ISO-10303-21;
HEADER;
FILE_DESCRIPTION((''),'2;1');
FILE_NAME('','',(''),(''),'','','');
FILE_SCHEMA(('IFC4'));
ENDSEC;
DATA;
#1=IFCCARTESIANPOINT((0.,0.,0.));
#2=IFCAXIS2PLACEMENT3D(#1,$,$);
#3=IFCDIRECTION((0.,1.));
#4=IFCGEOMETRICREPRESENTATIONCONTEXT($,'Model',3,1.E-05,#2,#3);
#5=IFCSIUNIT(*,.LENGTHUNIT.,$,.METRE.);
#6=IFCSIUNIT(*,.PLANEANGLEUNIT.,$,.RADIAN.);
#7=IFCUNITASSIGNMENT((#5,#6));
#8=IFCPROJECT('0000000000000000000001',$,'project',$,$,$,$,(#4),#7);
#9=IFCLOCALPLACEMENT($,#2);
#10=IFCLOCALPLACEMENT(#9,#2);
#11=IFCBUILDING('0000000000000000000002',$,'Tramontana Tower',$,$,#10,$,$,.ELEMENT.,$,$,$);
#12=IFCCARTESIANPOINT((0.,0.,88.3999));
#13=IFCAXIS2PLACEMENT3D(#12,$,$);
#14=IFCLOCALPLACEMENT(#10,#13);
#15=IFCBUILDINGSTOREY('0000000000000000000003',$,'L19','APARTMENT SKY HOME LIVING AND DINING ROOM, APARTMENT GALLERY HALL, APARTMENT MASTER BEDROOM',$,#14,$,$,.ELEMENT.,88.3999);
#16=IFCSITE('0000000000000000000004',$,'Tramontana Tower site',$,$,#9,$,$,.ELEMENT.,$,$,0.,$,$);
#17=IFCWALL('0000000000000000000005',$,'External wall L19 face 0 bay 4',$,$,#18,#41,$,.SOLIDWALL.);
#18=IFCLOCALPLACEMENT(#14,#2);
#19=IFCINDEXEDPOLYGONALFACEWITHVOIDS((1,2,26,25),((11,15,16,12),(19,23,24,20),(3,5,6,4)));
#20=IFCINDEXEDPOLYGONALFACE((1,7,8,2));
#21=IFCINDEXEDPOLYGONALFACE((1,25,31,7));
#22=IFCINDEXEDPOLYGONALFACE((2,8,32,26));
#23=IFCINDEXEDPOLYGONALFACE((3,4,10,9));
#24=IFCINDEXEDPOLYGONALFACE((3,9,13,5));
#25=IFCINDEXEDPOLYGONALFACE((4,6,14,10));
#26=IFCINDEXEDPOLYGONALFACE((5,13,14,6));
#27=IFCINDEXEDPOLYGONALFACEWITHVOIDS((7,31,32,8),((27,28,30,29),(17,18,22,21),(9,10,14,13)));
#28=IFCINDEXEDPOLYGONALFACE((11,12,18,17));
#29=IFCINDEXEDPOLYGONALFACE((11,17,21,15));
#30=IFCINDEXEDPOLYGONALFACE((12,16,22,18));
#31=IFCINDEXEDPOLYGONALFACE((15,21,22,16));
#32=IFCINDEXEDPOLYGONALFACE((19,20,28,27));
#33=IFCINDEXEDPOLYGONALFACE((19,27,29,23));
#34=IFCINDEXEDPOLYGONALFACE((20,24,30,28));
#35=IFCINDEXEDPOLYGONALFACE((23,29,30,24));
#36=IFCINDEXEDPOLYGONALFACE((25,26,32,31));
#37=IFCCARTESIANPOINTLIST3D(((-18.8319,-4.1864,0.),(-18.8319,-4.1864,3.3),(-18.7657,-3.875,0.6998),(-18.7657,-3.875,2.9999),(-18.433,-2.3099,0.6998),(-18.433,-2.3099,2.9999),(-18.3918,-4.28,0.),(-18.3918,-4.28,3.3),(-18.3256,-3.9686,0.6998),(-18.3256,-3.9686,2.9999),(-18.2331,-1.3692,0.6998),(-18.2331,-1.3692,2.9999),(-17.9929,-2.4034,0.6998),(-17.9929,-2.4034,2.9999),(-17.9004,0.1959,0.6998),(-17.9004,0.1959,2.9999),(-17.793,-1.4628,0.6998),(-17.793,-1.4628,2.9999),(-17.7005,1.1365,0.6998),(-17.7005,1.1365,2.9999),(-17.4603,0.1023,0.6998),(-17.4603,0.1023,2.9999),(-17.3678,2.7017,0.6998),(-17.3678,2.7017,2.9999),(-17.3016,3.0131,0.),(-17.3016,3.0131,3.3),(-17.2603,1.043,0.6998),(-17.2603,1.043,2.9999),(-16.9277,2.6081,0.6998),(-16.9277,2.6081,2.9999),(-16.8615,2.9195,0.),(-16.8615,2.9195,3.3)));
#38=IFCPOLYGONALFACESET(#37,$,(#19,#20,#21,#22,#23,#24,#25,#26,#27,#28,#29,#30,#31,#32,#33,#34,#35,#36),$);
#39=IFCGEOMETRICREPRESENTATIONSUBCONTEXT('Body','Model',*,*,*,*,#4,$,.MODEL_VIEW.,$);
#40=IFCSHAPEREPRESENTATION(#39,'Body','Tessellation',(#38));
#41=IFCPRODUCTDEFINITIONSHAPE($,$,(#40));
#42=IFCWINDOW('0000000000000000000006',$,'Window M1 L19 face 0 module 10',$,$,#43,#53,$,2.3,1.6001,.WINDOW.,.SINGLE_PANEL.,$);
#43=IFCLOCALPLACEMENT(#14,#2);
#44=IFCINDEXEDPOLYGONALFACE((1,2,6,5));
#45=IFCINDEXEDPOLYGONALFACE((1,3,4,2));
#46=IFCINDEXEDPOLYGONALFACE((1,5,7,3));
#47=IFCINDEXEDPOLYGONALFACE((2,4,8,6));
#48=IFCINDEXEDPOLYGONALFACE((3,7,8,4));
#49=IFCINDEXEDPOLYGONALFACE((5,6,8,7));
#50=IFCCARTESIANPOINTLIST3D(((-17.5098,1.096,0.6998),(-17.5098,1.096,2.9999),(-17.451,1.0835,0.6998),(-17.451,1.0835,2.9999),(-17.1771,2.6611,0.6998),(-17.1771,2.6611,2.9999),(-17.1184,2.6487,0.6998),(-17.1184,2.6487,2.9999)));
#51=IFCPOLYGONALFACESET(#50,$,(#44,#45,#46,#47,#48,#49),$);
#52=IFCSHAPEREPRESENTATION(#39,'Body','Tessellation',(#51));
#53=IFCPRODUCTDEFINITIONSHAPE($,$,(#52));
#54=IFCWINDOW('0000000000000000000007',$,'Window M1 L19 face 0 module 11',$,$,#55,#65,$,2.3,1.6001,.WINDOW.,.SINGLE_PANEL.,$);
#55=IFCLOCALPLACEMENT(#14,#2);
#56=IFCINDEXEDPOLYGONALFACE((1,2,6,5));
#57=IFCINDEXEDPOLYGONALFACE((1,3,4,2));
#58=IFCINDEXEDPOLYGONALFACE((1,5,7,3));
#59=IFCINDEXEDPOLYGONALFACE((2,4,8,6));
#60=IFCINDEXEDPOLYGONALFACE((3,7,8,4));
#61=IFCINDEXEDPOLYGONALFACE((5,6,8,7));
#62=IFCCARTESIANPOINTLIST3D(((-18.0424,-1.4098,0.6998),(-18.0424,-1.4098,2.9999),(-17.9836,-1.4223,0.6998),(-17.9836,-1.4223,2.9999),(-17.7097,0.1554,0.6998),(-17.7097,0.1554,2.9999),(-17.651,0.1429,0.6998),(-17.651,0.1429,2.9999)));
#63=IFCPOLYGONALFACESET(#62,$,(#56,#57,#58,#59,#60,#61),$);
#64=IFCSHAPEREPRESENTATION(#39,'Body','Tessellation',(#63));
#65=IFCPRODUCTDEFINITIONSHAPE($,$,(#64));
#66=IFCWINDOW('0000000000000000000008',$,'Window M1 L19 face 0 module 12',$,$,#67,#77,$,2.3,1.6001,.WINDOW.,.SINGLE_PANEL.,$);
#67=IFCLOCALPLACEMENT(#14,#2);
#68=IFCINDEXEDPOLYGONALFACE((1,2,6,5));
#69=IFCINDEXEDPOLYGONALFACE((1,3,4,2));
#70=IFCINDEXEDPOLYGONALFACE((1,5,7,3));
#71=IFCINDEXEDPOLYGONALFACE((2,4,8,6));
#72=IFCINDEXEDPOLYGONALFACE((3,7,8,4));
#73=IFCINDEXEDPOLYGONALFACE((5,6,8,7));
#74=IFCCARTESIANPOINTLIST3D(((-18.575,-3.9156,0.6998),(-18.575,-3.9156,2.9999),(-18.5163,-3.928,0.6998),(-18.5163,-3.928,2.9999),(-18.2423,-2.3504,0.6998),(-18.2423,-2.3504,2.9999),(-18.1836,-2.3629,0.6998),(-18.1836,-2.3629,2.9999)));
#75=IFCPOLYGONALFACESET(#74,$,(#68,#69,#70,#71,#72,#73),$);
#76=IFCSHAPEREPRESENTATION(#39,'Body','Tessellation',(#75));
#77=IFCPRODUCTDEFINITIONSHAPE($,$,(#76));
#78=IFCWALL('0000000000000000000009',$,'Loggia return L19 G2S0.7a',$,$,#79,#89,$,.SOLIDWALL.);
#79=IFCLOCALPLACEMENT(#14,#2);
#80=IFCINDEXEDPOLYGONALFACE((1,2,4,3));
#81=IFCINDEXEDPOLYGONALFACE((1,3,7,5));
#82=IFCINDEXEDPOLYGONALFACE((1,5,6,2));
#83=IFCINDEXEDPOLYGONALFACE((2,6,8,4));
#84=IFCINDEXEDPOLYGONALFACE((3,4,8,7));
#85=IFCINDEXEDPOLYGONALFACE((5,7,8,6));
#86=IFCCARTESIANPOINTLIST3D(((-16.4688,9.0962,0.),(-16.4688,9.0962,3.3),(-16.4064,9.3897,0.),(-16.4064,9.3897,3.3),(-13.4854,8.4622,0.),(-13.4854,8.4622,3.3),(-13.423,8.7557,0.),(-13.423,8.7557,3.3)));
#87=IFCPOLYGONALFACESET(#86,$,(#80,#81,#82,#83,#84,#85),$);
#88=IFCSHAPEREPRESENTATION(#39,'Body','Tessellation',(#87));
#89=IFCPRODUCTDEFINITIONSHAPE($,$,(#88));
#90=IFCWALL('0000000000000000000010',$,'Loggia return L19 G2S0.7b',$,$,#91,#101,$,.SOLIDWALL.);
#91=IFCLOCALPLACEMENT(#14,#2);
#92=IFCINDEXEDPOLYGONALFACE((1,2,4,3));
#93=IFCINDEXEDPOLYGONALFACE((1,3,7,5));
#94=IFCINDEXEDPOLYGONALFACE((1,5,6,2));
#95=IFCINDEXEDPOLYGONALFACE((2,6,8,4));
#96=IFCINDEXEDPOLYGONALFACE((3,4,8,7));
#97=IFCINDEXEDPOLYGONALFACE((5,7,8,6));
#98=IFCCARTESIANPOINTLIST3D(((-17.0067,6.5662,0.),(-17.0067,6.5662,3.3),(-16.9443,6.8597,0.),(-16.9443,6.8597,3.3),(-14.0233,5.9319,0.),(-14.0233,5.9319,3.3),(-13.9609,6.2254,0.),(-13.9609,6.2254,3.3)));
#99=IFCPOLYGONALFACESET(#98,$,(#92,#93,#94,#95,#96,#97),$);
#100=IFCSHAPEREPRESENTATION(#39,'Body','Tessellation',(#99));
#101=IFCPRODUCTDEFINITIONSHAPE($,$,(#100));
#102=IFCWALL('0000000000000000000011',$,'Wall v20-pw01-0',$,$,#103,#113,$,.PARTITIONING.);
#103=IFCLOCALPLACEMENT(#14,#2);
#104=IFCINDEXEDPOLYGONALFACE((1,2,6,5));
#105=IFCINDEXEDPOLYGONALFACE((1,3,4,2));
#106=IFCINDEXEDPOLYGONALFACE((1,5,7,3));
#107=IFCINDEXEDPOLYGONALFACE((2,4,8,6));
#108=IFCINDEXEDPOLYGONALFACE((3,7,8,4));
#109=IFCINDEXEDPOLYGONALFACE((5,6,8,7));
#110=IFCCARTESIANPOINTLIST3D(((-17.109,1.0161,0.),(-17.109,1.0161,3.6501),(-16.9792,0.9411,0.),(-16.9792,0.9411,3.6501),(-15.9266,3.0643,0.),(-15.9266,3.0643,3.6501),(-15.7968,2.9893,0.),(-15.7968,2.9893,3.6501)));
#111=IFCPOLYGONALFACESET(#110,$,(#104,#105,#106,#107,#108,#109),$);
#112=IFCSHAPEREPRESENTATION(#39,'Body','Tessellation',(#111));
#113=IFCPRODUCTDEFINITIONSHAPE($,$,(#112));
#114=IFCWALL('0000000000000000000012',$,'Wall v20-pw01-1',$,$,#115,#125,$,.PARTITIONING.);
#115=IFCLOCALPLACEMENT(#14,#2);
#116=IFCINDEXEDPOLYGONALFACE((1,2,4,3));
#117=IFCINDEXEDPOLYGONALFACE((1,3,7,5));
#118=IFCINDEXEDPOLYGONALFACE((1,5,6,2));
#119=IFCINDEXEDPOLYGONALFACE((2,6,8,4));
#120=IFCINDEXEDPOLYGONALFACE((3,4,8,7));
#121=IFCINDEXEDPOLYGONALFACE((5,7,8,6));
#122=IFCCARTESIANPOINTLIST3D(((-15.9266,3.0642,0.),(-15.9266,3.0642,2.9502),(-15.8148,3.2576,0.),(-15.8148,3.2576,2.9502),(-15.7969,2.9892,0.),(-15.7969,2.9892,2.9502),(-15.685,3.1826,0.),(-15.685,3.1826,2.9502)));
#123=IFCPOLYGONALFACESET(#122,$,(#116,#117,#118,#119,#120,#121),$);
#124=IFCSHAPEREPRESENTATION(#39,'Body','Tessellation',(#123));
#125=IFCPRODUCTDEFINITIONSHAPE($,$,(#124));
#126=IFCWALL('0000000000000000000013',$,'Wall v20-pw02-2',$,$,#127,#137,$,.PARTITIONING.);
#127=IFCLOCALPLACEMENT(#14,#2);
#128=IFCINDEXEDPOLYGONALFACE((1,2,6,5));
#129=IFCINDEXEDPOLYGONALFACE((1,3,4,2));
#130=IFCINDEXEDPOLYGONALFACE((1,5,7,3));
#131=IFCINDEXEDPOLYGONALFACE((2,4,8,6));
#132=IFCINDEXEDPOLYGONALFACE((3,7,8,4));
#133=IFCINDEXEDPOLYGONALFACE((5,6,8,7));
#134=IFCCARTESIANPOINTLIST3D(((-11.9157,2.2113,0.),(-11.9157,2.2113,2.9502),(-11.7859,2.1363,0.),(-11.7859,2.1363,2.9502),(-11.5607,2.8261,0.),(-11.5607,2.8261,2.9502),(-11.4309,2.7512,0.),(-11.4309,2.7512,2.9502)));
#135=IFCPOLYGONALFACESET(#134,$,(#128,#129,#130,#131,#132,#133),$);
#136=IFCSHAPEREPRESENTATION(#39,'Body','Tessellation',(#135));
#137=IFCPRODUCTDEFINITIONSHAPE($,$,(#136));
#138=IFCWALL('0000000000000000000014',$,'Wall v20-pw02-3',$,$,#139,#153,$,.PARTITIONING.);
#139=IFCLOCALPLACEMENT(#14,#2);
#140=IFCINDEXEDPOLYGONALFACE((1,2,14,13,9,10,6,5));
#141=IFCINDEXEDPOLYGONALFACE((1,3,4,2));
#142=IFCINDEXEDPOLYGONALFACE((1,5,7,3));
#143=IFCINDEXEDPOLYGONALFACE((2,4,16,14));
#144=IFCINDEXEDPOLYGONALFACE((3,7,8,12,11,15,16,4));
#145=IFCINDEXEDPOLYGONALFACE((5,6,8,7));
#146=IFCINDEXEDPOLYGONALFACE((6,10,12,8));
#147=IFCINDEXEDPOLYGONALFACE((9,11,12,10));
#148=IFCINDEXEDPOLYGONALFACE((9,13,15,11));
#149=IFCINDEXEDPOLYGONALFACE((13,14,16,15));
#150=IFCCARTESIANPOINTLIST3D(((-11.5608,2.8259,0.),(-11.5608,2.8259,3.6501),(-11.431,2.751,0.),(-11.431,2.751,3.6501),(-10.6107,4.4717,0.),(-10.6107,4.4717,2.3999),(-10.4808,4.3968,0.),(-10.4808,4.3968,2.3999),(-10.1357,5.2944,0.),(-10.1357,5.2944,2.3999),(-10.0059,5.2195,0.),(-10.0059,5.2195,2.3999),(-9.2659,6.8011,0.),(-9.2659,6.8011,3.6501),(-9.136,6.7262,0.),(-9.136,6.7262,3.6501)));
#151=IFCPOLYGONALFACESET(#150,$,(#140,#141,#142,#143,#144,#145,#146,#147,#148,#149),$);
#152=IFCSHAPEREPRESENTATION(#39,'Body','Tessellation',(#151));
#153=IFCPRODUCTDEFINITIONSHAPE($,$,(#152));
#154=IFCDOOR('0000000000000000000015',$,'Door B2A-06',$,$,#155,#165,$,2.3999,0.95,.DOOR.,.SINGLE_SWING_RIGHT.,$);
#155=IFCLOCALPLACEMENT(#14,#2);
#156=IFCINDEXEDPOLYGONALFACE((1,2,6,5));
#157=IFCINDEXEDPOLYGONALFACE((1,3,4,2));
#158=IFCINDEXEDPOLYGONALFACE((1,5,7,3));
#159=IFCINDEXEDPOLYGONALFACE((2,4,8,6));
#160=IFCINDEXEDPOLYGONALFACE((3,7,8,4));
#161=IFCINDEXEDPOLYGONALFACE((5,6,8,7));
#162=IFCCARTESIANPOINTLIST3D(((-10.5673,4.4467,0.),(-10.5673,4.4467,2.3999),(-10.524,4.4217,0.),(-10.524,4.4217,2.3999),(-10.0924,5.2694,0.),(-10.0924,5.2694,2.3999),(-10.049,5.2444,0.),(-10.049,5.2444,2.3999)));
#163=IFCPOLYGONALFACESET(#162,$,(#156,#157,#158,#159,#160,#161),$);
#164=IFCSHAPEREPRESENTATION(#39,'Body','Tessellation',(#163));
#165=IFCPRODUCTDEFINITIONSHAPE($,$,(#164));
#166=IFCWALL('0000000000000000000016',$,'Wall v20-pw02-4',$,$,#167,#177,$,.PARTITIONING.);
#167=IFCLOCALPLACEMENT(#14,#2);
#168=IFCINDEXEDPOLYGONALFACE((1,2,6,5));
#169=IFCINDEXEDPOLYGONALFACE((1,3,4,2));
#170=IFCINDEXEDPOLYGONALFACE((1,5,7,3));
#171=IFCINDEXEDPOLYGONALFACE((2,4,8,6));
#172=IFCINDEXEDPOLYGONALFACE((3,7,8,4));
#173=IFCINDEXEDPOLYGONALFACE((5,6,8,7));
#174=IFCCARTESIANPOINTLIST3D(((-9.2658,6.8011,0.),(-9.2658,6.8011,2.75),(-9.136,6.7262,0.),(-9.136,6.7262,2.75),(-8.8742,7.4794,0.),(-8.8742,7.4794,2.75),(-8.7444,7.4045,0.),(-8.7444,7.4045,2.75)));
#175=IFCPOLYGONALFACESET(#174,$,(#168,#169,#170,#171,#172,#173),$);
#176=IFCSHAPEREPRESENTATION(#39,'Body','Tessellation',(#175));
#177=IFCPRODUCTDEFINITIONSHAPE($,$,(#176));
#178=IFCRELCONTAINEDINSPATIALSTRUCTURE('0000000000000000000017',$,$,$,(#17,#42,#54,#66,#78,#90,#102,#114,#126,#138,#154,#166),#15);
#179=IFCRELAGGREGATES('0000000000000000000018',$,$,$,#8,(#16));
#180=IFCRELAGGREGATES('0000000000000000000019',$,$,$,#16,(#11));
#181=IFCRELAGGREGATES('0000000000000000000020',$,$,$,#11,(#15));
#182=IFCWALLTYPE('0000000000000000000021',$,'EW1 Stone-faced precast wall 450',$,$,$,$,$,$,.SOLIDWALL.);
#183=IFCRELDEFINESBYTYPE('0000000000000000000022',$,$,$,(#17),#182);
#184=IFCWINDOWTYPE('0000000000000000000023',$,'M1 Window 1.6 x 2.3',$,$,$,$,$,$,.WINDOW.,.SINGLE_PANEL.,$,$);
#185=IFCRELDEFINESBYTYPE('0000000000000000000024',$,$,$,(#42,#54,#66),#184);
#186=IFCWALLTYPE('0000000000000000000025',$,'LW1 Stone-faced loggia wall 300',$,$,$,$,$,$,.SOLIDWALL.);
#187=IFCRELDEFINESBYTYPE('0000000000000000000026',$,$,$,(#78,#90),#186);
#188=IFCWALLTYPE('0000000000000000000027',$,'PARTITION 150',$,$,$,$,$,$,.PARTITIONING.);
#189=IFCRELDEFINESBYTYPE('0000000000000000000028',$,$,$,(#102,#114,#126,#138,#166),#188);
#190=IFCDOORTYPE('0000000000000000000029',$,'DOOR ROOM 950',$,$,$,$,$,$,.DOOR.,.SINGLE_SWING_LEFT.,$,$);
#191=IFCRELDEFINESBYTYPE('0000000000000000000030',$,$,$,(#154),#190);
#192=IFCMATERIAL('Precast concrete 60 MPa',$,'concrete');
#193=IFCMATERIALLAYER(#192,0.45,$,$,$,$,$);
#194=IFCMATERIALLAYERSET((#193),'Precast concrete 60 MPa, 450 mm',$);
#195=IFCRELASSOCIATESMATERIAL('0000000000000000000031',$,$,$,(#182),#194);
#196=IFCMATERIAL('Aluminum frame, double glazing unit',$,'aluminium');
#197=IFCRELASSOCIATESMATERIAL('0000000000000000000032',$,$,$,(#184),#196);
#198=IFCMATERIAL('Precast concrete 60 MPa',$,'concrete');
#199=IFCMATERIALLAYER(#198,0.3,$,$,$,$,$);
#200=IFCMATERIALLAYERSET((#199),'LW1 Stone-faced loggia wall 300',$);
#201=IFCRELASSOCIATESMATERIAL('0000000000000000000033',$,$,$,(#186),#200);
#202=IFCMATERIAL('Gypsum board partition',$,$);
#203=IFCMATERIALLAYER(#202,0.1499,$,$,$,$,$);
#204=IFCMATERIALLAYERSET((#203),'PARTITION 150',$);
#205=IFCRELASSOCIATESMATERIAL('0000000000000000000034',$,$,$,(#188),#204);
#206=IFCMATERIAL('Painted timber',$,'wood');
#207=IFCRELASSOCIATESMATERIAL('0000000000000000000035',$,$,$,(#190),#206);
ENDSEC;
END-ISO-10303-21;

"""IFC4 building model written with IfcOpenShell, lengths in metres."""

from ifc_helpers import new_model, si_unit, direction, frame, frame_2d, origin, place, context, subcontext, project, spatial, rectangle, extrude, material, layer, layer_set, type_object, element, fill, save


model = new_model("IFC4")

# Units and contexts
model_context = context("Model", 3, precision=1e-05, world=origin(), true_north=direction((0.0, 1.0)))
body_context = subcontext(model_context, "Body", "Model", "MODEL_VIEW")
ifc_project = project(units=[si_unit("LENGTHUNIT", "METRE"), si_unit("PLANEANGLEUNIT", "RADIAN")], contexts=[model_context])

# Site, building, storey
site_placement = place(None, origin())
site = spatial("IfcSite", under=ifc_project, at=site_placement, Name="Tramontana Tower site", CompositionType="ELEMENT", RefElevation=0.0)
building_placement = place(site_placement, origin())
building = spatial("IfcBuilding", under=site, at=building_placement, Name="Tramontana Tower", CompositionType="ELEMENT")
storey_placement = place(building_placement, frame((0.0, 0.0, 88.3999)))
storey = spatial("IfcBuildingStorey", under=building, at=storey_placement, Name="L19", Description="APARTMENT SKY HOME LIVING AND DINING ROOM, APARTMENT GALLERY HALL, APARTMENT MASTER BEDROOM", CompositionType="ELEMENT", Elevation=88.3999)

# Shared definitions
ifc_material_1 = material(Name="Precast concrete 60 MPa", Category="concrete")
ifc_layer_1 = layer(ifc_material_1, 0.45)
ifc_layer_set_1 = layer_set([ifc_layer_1], Name="Precast concrete 60 MPa, 450 mm")
wall_type_1 = type_object("IfcWallType", Name="EW1 Stone-faced precast wall 450", PredefinedType="SOLIDWALL", material=ifc_layer_set_1)
ifc_material_2 = material(Name="Aluminum frame, double glazing unit", Category="aluminium")
window_type = type_object("IfcWindowType", Name="M1 Window 1.6 x 2.3", PartitioningType="SINGLE_PANEL", PredefinedType="WINDOW", material=ifc_material_2)

# Wall, openings, windows
wall_1_placement = place(storey_placement, frame((-17.0815, 2.9663, 0.0), z_axis=(0.0, 0.0, 1.0), x_axis=(-0.207909, -0.978148, 0.0)))
wall_1 = element("IfcWall", 1, at=wall_1_placement, inside=storey, type_object=wall_type_1, Name="External wall L19 face 0 bay 4", PredefinedType="SOLIDWALL", context=body_context, shape_type="SweptSolid", body=[
    extrude(rectangle(XDim=7.3604, YDim=0.45, at=frame_2d((3.6802, 0.0))), origin(), (0.0, 0.0, 1.0), 3.3),
])
opening_1_placement = place(wall_1_placement, frame((0.3184, 0.0, 0.7)))
opening_1 = element("IfcOpeningElement", 2, at=opening_1_placement, cuts=wall_1, PredefinedType="OPENING", context=body_context, shape_type="SweptSolid", body=[
    extrude(rectangle(XDim=1.6001, YDim=2.3, at=frame_2d((0.8, 1.1499))), frame((0.0, 0.2349, 0.0), z_axis=(0.0, -1.0, 0.0), x_axis=(1.0, 0.0, 0.0)), (0.0, 0.0, 1.0), 0.47),
])
opening_2_placement = place(wall_1_placement, frame((2.8801, 0.0, 0.7)))
opening_2 = element("IfcOpeningElement", 3, at=opening_2_placement, cuts=wall_1, PredefinedType="OPENING", context=body_context, shape_type="SweptSolid", body=[
    extrude(rectangle(XDim=1.6001, YDim=2.3, at=frame_2d((0.8, 1.1499))), frame((0.0, 0.2349, 0.0), z_axis=(0.0, -1.0, 0.0), x_axis=(1.0, 0.0, 0.0)), (0.0, 0.0, 1.0), 0.47),
])
opening_3_placement = place(wall_1_placement, frame((5.4419, 0.0, 0.7)))
opening_3 = element("IfcOpeningElement", 4, at=opening_3_placement, cuts=wall_1, PredefinedType="OPENING", context=body_context, shape_type="SweptSolid", body=[
    extrude(rectangle(XDim=1.6001, YDim=2.3, at=frame_2d((0.8, 1.1499))), frame((0.0, 0.2349, 0.0), z_axis=(0.0, -1.0, 0.0), x_axis=(1.0, 0.0, 0.0)), (0.0, 0.0, 1.0), 0.47),
])
window_1_placement = place(opening_1_placement, origin())
window_1 = element("IfcWindow", 5, at=window_1_placement, inside=storey, type_object=window_type, Name="Window M1 L19 face 0 module 10", OverallHeight=2.3, OverallWidth=1.6001, PartitioningType="SINGLE_PANEL", PredefinedType="WINDOW", context=body_context, shape_type="SweptSolid", body=[
    extrude(rectangle(XDim=1.6001, YDim=2.3, at=frame_2d((0.8, 1.1499))), frame((0.0, 0.03, 0.0), z_axis=(0.0, -1.0, 0.0), x_axis=(1.0, 0.0, 0.0)), (0.0, 0.0, 1.0), 0.0601),
])
fill(opening_1, window_1)
window_2_placement = place(opening_2_placement, origin())
window_2 = element("IfcWindow", 6, at=window_2_placement, inside=storey, type_object=window_type, Name="Window M1 L19 face 0 module 11", OverallHeight=2.3, OverallWidth=1.6001, PartitioningType="SINGLE_PANEL", PredefinedType="WINDOW", context=body_context, shape_type="SweptSolid", body=[
    extrude(rectangle(XDim=1.6001, YDim=2.3, at=frame_2d((0.8, 1.1499))), frame((0.0, 0.03, 0.0), z_axis=(0.0, -1.0, 0.0), x_axis=(1.0, 0.0, 0.0)), (0.0, 0.0, 1.0), 0.0601),
])
fill(opening_2, window_2)
window_3_placement = place(opening_3_placement, origin())
window_3 = element("IfcWindow", 7, at=window_3_placement, inside=storey, type_object=window_type, Name="Window M1 L19 face 0 module 12", OverallHeight=2.3, OverallWidth=1.6001, PartitioningType="SINGLE_PANEL", PredefinedType="WINDOW", context=body_context, shape_type="SweptSolid", body=[
    extrude(rectangle(XDim=1.6001, YDim=2.3, at=frame_2d((0.8, 1.1499))), frame((0.0, 0.03, 0.0), z_axis=(0.0, -1.0, 0.0), x_axis=(1.0, 0.0, 0.0)), (0.0, 0.0, 1.0), 0.0601),
])
fill(opening_3, window_3)

# Shared definitions
ifc_material_3 = material(Name="Precast concrete 60 MPa", Category="concrete")
ifc_layer_2 = layer(ifc_material_3, 0.3)
ifc_layer_set_2 = layer_set([ifc_layer_2], Name="LW1 Stone-faced loggia wall 300")
wall_type_2 = type_object("IfcWallType", Name="LW1 Stone-faced loggia wall 300", PredefinedType="SOLIDWALL", material=ifc_layer_set_2)

# Walls
for number, where, z_axis, x_axis, name in (
    (8, (-16.4375, 9.2429, 0.0), (0.0, 0.0, 1.0), (0.978155, -0.207878, 0.0), "Loggia return L19 G2S0.7a"),
    (9, (-16.9753, 6.7129, 0.0), (0.0, 0.0, 1.0), (0.978139, -0.207954, 0.0), "Loggia return L19 G2S0.7b"),
):
    element("IfcWall", number, at=place(storey_placement, frame(where, z_axis=z_axis, x_axis=x_axis)), inside=storey, type_object=wall_type_2, Name=name, PredefinedType="SOLIDWALL", context=body_context, shape_type="SweptSolid", body=[
        extrude(rectangle(XDim=3.05, YDim=0.3, at=frame_2d((1.5249, 0.0))), origin(), (0.0, 0.0, 1.0), 3.3),
    ])
ifc_material_4 = material(Name="Gypsum board partition")
ifc_layer_3 = layer(ifc_material_4, 0.1499)
ifc_layer_set_3 = layer_set([ifc_layer_3], Name="PARTITION 150")
wall_type_3 = type_object("IfcWallType", Name="PARTITION 150", PredefinedType="PARTITIONING", material=ifc_layer_set_3)
wall_2_placement = place(storey_placement, frame((-17.0442, 0.9785, 0.0), z_axis=(0.0, 0.0, 1.0), x_axis=(0.49997, 0.866043, 0.0)))
element("IfcWall", 10, at=wall_2_placement, inside=storey, type_object=wall_type_3, Name="Wall v20-pw01-0", PredefinedType="PARTITIONING", context=body_context, shape_type="SweptSolid", body=[
    extrude(rectangle(XDim=2.365, YDim=0.1499, at=frame_2d((1.1826, 0.0))), origin(), (0.0, 0.0, 1.0), 3.6501),
])
wall_3_placement = place(storey_placement, frame((-15.8618, 3.0266, 0.0), z_axis=(0.0, 0.0, 1.0), x_axis=(0.500605, 0.865676, 0.0)))
element("IfcWall", 11, at=wall_3_placement, inside=storey, type_object=wall_type_3, Name="Wall v20-pw01-1", PredefinedType="PARTITIONING", context=body_context, shape_type="SweptSolid", body=[
    extrude(rectangle(XDim=0.2234, YDim=0.1499, at=frame_2d((0.1118, 0.0))), origin(), (0.0, 0.0, 1.0), 2.9502),
])
wall_4_placement = place(storey_placement, frame((-11.8508, 2.1738, 0.0), z_axis=(0.0, 0.0, 1.0), x_axis=(0.50006, 0.865991, 0.0)))
element("IfcWall", 12, at=wall_4_placement, inside=storey, type_object=wall_type_3, Name="Wall v20-pw02-2", PredefinedType="PARTITIONING", context=body_context, shape_type="SweptSolid", body=[
    extrude(rectangle(XDim=0.71, YDim=0.1499, at=frame_2d((0.355, 0.0))), origin(), (0.0, 0.0, 1.0), 2.9502),
])

# Wall, opening, door
wall_5_placement = place(storey_placement, frame((-11.4958, 2.7886, 0.0), z_axis=(0.0, 0.0, 1.0), x_axis=(0.499983, 0.866035, 0.0)))
wall_5 = element("IfcWall", 13, at=wall_5_placement, inside=storey, type_object=wall_type_3, Name="Wall v20-pw02-3", PredefinedType="PARTITIONING", context=body_context, shape_type="SweptSolid", body=[
    extrude(rectangle(XDim=4.5901, YDim=0.1499, at=frame_2d((2.2949, 0.0))), origin(), (0.0, 0.0, 1.0), 3.6501),
])
opening_4_placement = place(wall_5_placement, frame((1.9001, 0.0, 0.0)))
opening_4 = element("IfcOpeningElement", 14, at=opening_4_placement, cuts=wall_5, PredefinedType="OPENING", context=body_context, shape_type="SweptSolid", body=[
    extrude(rectangle(XDim=0.95, YDim=2.3999, at=frame_2d((0.4751, 1.2))), frame((0.0, 0.085, 0.0), z_axis=(0.0, -1.0, 0.0), x_axis=(1.0, 0.0, 0.0)), (0.0, 0.0, 1.0), 0.1699),
])
ifc_material_5 = material(Name="Painted timber", Category="wood")
door_type_1 = type_object("IfcDoorType", Name="DOOR ROOM 950", OperationType="SINGLE_SWING_LEFT", PredefinedType="DOOR", material=ifc_material_5)
door_1_placement = place(opening_4_placement, origin())
door_1 = element("IfcDoor", 15, at=door_1_placement, inside=storey, type_object=door_type_1, Name="Door B2A-06", OperationType="SINGLE_SWING_RIGHT", OverallHeight=2.3999, OverallWidth=0.95, PredefinedType="DOOR", context=body_context, shape_type="SweptSolid", body=[
    extrude(rectangle(XDim=0.95, YDim=2.3999, at=frame_2d((0.4751, 1.2))), frame((0.0, 0.0249, 0.0), z_axis=(0.0, -1.0, 0.0), x_axis=(1.0, 0.0, 0.0)), (0.0, 0.0, 1.0), 0.05),
])
fill(opening_4, door_1)

# Wall
wall_6_placement = place(storey_placement, frame((-9.2009, 6.7637, 0.0), z_axis=(0.0, 0.0, 1.0), x_axis=(0.500028, 0.866009, 0.0)))
element("IfcWall", 16, at=wall_6_placement, inside=storey, type_object=wall_type_3, Name="Wall v20-pw02-4", PredefinedType="PARTITIONING", context=body_context, shape_type="SweptSolid", body=[
    extrude(rectangle(XDim=0.7832, YDim=0.1499, at=frame_2d((0.3916, 0.0))), origin(), (0.0, 0.0, 1.0), 2.75),
])

save(model, "model.ifc")
